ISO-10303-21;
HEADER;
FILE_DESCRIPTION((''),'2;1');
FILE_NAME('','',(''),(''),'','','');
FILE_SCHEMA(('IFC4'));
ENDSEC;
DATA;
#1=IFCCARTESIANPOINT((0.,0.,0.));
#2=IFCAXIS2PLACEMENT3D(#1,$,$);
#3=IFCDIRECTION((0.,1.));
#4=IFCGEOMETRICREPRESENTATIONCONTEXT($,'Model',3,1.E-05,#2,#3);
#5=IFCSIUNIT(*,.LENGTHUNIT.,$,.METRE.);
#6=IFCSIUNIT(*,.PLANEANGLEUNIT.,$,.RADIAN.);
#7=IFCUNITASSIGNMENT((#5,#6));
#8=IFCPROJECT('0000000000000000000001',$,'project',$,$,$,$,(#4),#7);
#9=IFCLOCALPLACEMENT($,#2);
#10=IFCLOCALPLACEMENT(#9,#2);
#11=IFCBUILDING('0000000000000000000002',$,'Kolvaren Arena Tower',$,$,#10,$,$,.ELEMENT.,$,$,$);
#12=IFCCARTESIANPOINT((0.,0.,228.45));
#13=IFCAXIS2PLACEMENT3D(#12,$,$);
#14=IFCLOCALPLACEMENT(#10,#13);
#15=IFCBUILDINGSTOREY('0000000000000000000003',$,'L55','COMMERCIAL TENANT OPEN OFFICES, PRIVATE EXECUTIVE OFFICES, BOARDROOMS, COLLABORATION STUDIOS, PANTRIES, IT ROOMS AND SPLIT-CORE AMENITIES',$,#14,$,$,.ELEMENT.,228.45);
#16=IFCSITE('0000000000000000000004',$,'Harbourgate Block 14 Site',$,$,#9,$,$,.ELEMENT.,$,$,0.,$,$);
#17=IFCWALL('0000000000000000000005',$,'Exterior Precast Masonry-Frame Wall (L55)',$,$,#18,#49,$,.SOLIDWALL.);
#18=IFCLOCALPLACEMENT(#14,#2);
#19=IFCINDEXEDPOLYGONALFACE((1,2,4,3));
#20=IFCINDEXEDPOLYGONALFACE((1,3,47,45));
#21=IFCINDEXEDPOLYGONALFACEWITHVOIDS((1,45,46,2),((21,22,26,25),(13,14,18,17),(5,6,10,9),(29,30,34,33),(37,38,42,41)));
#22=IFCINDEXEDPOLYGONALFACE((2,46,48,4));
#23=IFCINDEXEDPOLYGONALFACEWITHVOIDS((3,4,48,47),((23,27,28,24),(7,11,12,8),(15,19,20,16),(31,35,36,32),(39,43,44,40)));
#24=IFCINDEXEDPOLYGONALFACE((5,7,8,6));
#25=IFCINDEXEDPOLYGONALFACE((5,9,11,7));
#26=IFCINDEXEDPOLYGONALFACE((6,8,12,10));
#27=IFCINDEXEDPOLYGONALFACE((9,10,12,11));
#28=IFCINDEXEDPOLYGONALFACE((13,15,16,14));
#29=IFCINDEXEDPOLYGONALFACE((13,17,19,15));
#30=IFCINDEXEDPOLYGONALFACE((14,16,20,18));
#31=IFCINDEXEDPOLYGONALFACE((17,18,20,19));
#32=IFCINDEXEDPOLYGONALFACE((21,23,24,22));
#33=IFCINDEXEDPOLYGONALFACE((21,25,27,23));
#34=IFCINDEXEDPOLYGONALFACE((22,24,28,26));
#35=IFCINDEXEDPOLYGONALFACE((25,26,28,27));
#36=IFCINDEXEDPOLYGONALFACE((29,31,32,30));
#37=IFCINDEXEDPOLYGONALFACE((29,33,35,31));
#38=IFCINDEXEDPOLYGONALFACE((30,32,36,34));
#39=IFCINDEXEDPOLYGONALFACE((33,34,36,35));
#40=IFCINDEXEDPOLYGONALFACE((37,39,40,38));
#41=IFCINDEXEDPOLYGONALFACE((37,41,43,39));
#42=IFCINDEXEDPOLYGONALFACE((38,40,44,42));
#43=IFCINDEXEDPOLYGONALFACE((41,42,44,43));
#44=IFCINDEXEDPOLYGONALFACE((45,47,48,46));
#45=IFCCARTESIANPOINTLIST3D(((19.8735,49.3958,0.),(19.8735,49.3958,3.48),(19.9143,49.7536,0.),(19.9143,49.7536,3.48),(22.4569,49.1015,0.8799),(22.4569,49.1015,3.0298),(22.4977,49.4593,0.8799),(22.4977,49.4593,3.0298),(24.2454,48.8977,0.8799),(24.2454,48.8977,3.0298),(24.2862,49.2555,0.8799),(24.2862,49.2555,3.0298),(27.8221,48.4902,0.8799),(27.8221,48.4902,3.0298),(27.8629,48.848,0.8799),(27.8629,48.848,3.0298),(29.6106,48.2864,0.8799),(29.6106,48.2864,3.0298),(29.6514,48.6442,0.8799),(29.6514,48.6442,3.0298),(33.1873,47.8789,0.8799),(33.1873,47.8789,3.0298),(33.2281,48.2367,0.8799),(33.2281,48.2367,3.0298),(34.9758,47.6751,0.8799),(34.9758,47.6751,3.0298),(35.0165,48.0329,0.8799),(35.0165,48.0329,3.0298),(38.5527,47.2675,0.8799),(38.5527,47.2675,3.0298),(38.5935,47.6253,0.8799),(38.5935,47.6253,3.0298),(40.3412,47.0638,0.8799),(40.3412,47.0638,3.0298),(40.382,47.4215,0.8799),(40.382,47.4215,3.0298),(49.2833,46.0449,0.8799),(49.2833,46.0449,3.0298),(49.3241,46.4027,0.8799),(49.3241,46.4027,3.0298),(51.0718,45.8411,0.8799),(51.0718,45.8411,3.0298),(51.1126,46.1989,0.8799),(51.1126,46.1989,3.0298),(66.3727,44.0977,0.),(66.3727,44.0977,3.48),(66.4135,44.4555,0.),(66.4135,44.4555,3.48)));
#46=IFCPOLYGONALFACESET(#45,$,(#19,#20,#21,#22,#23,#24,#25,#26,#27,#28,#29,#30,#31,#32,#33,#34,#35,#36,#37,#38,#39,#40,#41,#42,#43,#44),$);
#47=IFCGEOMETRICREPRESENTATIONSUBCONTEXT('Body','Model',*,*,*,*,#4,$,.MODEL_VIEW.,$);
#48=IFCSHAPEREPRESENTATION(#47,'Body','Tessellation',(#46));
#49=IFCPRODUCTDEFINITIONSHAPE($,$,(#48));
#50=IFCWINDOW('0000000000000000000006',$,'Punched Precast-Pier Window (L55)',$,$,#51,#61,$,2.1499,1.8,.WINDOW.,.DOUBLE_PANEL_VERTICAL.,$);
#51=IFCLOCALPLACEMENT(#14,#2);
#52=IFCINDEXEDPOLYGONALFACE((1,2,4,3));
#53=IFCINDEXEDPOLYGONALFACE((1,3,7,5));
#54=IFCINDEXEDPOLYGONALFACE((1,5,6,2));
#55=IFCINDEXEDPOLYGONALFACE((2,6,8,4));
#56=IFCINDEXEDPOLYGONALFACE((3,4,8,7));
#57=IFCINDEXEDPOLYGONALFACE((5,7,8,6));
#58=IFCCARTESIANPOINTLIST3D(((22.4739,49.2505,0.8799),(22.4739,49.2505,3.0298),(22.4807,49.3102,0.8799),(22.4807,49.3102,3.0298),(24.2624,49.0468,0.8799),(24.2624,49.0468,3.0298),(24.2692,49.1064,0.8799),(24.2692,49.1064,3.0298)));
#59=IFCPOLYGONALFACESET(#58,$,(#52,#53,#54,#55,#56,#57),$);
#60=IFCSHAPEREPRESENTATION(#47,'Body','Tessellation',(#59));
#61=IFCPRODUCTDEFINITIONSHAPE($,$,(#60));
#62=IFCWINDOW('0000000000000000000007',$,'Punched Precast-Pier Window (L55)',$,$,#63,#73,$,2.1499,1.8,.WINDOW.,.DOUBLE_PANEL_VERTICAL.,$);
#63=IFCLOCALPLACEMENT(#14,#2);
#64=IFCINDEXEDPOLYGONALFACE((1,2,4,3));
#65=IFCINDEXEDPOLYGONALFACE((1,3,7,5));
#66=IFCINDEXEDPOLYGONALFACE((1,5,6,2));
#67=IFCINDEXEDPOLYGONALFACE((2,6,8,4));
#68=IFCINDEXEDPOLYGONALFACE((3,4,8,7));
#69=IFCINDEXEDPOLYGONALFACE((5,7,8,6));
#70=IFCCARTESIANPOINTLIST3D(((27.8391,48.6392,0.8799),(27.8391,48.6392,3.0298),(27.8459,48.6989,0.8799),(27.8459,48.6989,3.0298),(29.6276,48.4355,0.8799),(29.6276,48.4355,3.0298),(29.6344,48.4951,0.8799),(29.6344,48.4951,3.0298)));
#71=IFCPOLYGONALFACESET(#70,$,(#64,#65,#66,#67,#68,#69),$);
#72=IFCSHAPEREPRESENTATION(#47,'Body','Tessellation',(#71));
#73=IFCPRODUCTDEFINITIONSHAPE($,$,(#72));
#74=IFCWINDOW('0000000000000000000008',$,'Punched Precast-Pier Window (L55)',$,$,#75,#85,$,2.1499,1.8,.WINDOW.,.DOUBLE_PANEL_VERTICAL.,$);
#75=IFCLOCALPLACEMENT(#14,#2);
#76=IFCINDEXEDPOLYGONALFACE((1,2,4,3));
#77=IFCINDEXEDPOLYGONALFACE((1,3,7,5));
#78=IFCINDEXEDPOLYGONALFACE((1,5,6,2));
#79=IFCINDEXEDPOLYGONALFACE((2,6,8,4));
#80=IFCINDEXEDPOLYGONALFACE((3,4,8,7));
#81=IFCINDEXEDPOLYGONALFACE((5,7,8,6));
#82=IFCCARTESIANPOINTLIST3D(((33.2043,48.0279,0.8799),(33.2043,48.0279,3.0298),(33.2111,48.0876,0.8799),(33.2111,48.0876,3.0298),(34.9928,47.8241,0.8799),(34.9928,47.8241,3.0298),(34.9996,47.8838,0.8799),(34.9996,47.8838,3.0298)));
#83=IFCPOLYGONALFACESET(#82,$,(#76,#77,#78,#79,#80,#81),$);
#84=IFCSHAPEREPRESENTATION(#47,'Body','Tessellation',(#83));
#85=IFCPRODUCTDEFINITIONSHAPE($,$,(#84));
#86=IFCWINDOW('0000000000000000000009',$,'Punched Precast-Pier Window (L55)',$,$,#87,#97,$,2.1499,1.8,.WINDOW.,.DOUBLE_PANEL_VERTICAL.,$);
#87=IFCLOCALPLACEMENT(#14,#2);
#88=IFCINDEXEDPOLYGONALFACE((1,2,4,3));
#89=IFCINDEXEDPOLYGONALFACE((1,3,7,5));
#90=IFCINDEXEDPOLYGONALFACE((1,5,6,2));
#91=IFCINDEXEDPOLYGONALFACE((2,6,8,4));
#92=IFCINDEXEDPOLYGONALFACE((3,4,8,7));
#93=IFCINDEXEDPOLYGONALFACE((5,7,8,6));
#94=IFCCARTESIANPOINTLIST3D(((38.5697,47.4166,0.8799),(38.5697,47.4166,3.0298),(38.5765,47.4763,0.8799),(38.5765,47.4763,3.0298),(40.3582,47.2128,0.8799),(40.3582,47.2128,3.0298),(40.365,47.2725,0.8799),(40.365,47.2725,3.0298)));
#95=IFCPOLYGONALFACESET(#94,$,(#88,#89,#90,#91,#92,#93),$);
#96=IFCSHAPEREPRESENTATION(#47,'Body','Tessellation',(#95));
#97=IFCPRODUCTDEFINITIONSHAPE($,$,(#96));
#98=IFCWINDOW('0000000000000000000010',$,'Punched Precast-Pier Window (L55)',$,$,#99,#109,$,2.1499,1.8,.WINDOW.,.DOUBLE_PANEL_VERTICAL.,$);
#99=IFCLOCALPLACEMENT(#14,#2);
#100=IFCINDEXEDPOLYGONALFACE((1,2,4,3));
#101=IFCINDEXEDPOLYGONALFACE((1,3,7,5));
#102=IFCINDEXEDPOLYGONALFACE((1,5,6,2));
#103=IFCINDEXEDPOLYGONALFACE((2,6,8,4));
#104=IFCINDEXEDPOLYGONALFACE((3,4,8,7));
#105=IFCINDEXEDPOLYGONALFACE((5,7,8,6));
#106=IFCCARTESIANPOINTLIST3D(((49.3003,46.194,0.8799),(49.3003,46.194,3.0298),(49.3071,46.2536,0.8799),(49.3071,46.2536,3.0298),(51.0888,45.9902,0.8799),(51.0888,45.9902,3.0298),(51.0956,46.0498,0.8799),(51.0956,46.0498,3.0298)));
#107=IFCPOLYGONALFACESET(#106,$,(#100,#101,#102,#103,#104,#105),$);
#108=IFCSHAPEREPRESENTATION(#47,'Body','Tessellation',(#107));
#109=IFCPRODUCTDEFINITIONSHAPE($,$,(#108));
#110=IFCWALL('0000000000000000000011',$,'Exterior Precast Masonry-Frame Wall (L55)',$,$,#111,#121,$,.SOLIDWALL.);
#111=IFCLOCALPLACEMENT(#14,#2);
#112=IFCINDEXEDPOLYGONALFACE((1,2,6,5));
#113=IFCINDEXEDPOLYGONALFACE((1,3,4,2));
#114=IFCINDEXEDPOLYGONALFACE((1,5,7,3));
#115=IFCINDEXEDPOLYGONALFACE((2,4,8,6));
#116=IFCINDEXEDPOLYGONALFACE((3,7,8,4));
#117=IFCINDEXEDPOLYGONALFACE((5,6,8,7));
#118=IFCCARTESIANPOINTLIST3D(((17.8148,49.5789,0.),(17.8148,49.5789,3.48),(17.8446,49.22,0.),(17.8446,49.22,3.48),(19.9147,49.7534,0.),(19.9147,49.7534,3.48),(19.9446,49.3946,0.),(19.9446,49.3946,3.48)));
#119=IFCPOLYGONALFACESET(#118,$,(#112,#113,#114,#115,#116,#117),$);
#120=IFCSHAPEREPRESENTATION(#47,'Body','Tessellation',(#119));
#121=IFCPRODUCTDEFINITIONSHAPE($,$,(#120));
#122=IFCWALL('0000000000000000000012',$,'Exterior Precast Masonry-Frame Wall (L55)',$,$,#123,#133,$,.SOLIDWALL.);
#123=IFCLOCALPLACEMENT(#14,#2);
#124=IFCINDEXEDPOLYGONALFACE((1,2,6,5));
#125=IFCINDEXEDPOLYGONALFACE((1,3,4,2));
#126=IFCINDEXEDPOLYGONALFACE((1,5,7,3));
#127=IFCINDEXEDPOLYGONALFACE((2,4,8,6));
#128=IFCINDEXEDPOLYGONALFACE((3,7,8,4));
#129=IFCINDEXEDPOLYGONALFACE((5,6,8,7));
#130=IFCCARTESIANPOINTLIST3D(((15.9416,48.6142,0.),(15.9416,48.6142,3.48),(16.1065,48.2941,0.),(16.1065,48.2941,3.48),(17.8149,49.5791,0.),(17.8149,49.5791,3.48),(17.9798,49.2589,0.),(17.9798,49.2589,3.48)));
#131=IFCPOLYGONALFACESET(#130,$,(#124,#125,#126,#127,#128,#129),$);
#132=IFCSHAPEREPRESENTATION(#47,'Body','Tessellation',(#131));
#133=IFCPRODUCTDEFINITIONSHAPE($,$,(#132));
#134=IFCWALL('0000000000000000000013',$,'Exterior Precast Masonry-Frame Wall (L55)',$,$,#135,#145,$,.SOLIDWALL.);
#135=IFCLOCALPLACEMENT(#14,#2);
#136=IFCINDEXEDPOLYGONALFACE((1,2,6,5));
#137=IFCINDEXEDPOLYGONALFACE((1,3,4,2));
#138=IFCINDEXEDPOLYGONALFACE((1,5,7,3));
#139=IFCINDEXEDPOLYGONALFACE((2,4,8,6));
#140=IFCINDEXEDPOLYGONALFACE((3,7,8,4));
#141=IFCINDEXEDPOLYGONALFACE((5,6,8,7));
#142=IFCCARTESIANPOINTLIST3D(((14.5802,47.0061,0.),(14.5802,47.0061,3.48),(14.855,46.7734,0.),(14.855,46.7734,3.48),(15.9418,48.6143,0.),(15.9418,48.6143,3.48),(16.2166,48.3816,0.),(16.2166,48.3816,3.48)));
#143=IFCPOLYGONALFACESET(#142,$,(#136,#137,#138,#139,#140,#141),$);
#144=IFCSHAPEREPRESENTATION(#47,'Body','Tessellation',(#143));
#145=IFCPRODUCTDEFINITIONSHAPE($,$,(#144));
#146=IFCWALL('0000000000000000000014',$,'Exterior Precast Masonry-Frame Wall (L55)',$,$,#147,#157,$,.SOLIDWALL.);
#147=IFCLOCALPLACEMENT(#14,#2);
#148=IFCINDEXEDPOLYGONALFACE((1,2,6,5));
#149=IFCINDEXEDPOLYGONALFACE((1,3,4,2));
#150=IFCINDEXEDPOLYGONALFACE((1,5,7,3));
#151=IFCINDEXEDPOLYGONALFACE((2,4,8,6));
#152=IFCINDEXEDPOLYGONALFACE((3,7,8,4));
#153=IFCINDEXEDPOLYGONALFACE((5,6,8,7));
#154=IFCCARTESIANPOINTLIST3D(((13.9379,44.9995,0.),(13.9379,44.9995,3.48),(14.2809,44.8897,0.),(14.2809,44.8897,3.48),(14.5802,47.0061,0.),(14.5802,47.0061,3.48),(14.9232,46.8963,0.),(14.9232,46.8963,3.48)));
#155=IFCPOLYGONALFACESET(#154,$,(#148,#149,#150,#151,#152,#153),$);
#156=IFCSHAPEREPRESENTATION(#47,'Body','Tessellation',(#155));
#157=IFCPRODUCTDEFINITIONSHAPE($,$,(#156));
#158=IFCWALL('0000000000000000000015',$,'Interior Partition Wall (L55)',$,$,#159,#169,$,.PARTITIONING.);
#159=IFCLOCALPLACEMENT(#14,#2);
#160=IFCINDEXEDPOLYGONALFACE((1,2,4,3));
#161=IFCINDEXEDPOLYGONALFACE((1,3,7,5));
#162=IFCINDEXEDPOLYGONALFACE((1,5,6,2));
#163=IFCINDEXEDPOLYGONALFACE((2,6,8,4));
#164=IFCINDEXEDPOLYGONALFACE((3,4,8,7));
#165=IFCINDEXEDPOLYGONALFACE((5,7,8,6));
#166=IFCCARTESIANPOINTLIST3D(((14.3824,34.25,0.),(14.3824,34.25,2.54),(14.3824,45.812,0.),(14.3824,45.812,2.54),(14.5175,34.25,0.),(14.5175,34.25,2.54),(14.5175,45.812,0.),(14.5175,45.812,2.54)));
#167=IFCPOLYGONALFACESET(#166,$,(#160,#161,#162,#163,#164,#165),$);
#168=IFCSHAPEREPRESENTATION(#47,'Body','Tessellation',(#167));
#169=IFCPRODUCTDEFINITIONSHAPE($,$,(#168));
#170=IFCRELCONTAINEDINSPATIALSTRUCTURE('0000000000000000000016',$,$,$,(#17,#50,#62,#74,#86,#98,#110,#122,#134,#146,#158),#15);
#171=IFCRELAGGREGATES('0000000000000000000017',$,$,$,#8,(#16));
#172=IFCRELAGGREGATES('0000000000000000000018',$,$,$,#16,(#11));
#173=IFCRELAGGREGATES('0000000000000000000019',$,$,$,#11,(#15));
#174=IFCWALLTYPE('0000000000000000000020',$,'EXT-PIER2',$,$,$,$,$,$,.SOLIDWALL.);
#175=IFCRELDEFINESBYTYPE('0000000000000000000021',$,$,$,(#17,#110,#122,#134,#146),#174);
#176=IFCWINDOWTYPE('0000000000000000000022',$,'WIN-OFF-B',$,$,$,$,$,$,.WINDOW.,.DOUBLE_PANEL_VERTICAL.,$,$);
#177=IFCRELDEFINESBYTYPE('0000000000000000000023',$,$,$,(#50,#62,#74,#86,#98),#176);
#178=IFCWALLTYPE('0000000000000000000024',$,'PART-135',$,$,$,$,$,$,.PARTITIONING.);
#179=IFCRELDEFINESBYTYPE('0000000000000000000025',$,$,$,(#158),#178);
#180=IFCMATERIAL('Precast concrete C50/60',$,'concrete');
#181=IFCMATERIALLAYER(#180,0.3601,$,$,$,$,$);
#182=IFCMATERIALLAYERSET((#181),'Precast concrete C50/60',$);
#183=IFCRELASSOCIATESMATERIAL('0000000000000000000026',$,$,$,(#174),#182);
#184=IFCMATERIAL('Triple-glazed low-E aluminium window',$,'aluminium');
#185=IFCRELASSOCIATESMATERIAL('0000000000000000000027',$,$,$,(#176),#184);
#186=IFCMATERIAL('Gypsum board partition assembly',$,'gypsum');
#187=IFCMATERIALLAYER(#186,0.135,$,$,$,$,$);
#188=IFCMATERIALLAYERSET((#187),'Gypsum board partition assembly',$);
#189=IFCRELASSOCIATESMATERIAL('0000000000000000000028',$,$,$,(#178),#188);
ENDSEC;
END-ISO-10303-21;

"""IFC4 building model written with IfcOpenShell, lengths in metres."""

from ifc_helpers import new_model, si_unit, direction, frame, frame_2d, origin, place, context, subcontext, project, spatial, rectangle, extrude, material, layer, layer_set, type_object, element, fill, save


model = new_model("IFC4")

# Units and contexts
model_context = context("Model", 3, precision=1e-05, world=origin(), true_north=direction((0.0, 1.0)))
body_context = subcontext(model_context, "Body", "Model", "MODEL_VIEW")
ifc_project = project(units=[si_unit("LENGTHUNIT", "METRE"), si_unit("PLANEANGLEUNIT", "RADIAN")], contexts=[model_context])

# Site, building, storey
site_placement = place(None, origin())
site = spatial("IfcSite", under=ifc_project, at=site_placement, Name="Harbourgate Block 14 Site", CompositionType="ELEMENT", RefElevation=0.0)
building_placement = place(site_placement, origin())
building = spatial("IfcBuilding", under=site, at=building_placement, Name="Kolvaren Arena Tower", CompositionType="ELEMENT")
storey_placement = place(building_placement, frame((0.0, 0.0, 228.45)))
storey = spatial("IfcBuildingStorey", under=building, at=storey_placement, Name="L55", Description="COMMERCIAL TENANT OPEN OFFICES, PRIVATE EXECUTIVE OFFICES, BOARDROOMS, COLLABORATION STUDIOS, PANTRIES, IT ROOMS AND SPLIT-CORE AMENITIES", CompositionType="ELEMENT", Elevation=228.45)

# Wall, openings, windows
ifc_material_1 = material(Name="Precast concrete C50/60", Category="concrete")
ifc_layer_1 = layer(ifc_material_1, 0.3601)
ifc_layer_set_1 = layer_set([ifc_layer_1], Name="Precast concrete C50/60")
wall_type_1 = type_object("IfcWallType", Name="EXT-PIER2", PredefinedType="SOLIDWALL", material=ifc_layer_set_1)
wall_1_placement = place(storey_placement, frame((19.894, 49.5747, 0.0), z_axis=(0.0, 0.0, 1.0), x_axis=(0.993571, -0.113207, 0.0)))
wall_1 = element("IfcWall", 1, at=wall_1_placement, inside=storey, type_object=wall_type_1, Name="Exterior Precast Masonry-Frame Wall (L55)", PredefinedType="SOLIDWALL", context=body_context, shape_type="SweptSolid", body=[
    extrude(rectangle(XDim=46.8, YDim=0.3601, at=frame_2d((23.3999, 0.0))), origin(), (0.0, 0.0, 1.0), 3.48),
])
opening_1_placement = place(wall_1_placement, frame((2.6001, 0.0, 0.8799)))
opening_1 = element("IfcOpeningElement", 2, at=opening_1_placement, cuts=wall_1, PredefinedType="OPENING", context=body_context, shape_type="SweptSolid", body=[
    extrude(rectangle(XDim=1.8, YDim=2.1499, at=frame_2d((0.8999, 1.075))), frame((0.0, 0.1899, 0.0), z_axis=(0.0, -1.0, 0.0), x_axis=(1.0, 0.0, 0.0)), (0.0, 0.0, 1.0), 0.3801),
])
opening_2_placement = place(wall_1_placement, frame((8.0, 0.0, 0.8799)))
opening_2 = element("IfcOpeningElement", 3, at=opening_2_placement, cuts=wall_1, PredefinedType="OPENING", context=body_context, shape_type="SweptSolid", body=[
    extrude(rectangle(XDim=1.8, YDim=2.1499, at=frame_2d((0.8999, 1.075))), frame((0.0, 0.1899, 0.0), z_axis=(0.0, -1.0, 0.0), x_axis=(1.0, 0.0, 0.0)), (0.0, 0.0, 1.0), 0.3801),
])
opening_3_placement = place(wall_1_placement, frame((13.3999, 0.0, 0.8799)))
opening_3 = element("IfcOpeningElement", 4, at=opening_3_placement, cuts=wall_1, PredefinedType="OPENING", context=body_context, shape_type="SweptSolid", body=[
    extrude(rectangle(XDim=1.8, YDim=2.1499, at=frame_2d((0.8999, 1.075))), frame((0.0, 0.1899, 0.0), z_axis=(0.0, -1.0, 0.0), x_axis=(1.0, 0.0, 0.0)), (0.0, 0.0, 1.0), 0.3801),
])
opening_4_placement = place(wall_1_placement, frame((18.8, 0.0, 0.8799)))
opening_4 = element("IfcOpeningElement", 5, at=opening_4_placement, cuts=wall_1, PredefinedType="OPENING", context=body_context, shape_type="SweptSolid", body=[
    extrude(rectangle(XDim=1.8, YDim=2.1499, at=frame_2d((0.8999, 1.075))), frame((0.0, 0.1899, 0.0), z_axis=(0.0, -1.0, 0.0), x_axis=(1.0, 0.0, 0.0)), (0.0, 0.0, 1.0), 0.3801),
])
opening_5_placement = place(wall_1_placement, frame((29.6001, 0.0, 0.8799)))
opening_5 = element("IfcOpeningElement", 6, at=opening_5_placement, cuts=wall_1, PredefinedType="OPENING", context=body_context, shape_type="SweptSolid", body=[
    extrude(rectangle(XDim=1.8, YDim=2.1499, at=frame_2d((0.8999, 1.075))), frame((0.0, 0.1899, 0.0), z_axis=(0.0, -1.0, 0.0), x_axis=(1.0, 0.0, 0.0)), (0.0, 0.0, 1.0), 0.3801),
])
ifc_material_2 = material(Name="Triple-glazed low-E aluminium window", Category="aluminium")
window_type = type_object("IfcWindowType", Name="WIN-OFF-B", PartitioningType="DOUBLE_PANEL_VERTICAL", PredefinedType="WINDOW", material=ifc_material_2)
window_1_placement = place(opening_1_placement, origin())
window_1 = element("IfcWindow", 7, at=window_1_placement, inside=storey, type_object=window_type, Name="Punched Precast-Pier Window (L55)", OverallHeight=2.1499, OverallWidth=1.8, PartitioningType="DOUBLE_PANEL_VERTICAL", PredefinedType="WINDOW", context=body_context, shape_type="SweptSolid", body=[
    extrude(rectangle(XDim=1.8, YDim=2.1499, at=frame_2d((0.8999, 1.075))), frame((0.0, 0.03, 0.0), z_axis=(0.0, -1.0, 0.0), x_axis=(1.0, 0.0, 0.0)), (0.0, 0.0, 1.0), 0.0601),
])
fill(opening_1, window_1)
window_2_placement = place(opening_2_placement, origin())
window_2 = element("IfcWindow", 8, at=window_2_placement, inside=storey, type_object=window_type, Name="Punched Precast-Pier Window (L55)", OverallHeight=2.1499, OverallWidth=1.8, PartitioningType="DOUBLE_PANEL_VERTICAL", PredefinedType="WINDOW", context=body_context, shape_type="SweptSolid", body=[
    extrude(rectangle(XDim=1.8, YDim=2.1499, at=frame_2d((0.8999, 1.075))), frame((0.0, 0.03, 0.0), z_axis=(0.0, -1.0, 0.0), x_axis=(1.0, 0.0, 0.0)), (0.0, 0.0, 1.0), 0.0601),
])
fill(opening_2, window_2)
window_3_placement = place(opening_3_placement, origin())
window_3 = element("IfcWindow", 9, at=window_3_placement, inside=storey, type_object=window_type, Name="Punched Precast-Pier Window (L55)", OverallHeight=2.1499, OverallWidth=1.8, PartitioningType="DOUBLE_PANEL_VERTICAL", PredefinedType="WINDOW", context=body_context, shape_type="SweptSolid", body=[
    extrude(rectangle(XDim=1.8, YDim=2.1499, at=frame_2d((0.8999, 1.075))), frame((0.0, 0.03, 0.0), z_axis=(0.0, -1.0, 0.0), x_axis=(1.0, 0.0, 0.0)), (0.0, 0.0, 1.0), 0.0601),
])
fill(opening_3, window_3)
window_4_placement = place(opening_4_placement, origin())
window_4 = element("IfcWindow", 10, at=window_4_placement, inside=storey, type_object=window_type, Name="Punched Precast-Pier Window (L55)", OverallHeight=2.1499, OverallWidth=1.8, PartitioningType="DOUBLE_PANEL_VERTICAL", PredefinedType="WINDOW", context=body_context, shape_type="SweptSolid", body=[
    extrude(rectangle(XDim=1.8, YDim=2.1499, at=frame_2d((0.8999, 1.075))), frame((0.0, 0.03, 0.0), z_axis=(0.0, -1.0, 0.0), x_axis=(1.0, 0.0, 0.0)), (0.0, 0.0, 1.0), 0.0601),
])
fill(opening_4, window_4)
window_5_placement = place(opening_5_placement, origin())
window_5 = element("IfcWindow", 11, at=window_5_placement, inside=storey, type_object=window_type, Name="Punched Precast-Pier Window (L55)", OverallHeight=2.1499, OverallWidth=1.8, PartitioningType="DOUBLE_PANEL_VERTICAL", PredefinedType="WINDOW", context=body_context, shape_type="SweptSolid", body=[
    extrude(rectangle(XDim=1.8, YDim=2.1499, at=frame_2d((0.8999, 1.075))), frame((0.0, 0.03, 0.0), z_axis=(0.0, -1.0, 0.0), x_axis=(1.0, 0.0, 0.0)), (0.0, 0.0, 1.0), 0.0601),
])
fill(opening_5, window_5)

# Walls
for number, where, z_axis, x_axis, name in (
    (12, (17.8296, 49.3994, 0.0), (0.0, 0.0, 1.0), (0.996563, 0.082844, 0.0), "Exterior Precast Masonry-Frame Wall (L55)"),
    (13, (16.0239, 48.4541, 0.0), (0.0, 0.0, 1.0), (0.88901, 0.457887, 0.0), "Exterior Precast Masonry-Frame Wall (L55)"),
    (14, (14.7175, 46.8896, 0.0), (0.0, 0.0, 1.0), (0.646171, 0.763193, 0.0), "Exterior Precast Masonry-Frame Wall (L55)"),
):
    element("IfcWall", number, at=place(storey_placement, frame(where, z_axis=z_axis, x_axis=x_axis)), inside=storey, type_object=wall_type_1, Name=name, PredefinedType="SOLIDWALL", context=body_context, shape_type="SweptSolid", body=[
        extrude(rectangle(XDim=2.1072, YDim=0.3601, at=frame_2d((1.0537, 0.0))), origin(), (0.0, 0.0, 1.0), 3.48),
    ])
wall_2_placement = place(storey_placement, frame((14.1094, 44.9446, 0.0), z_axis=(0.0, 0.0, 1.0), x_axis=(0.304872, 0.952393, 0.0)))
element("IfcWall", 15, at=wall_2_placement, inside=storey, type_object=wall_type_1, Name="Exterior Precast Masonry-Frame Wall (L55)", PredefinedType="SOLIDWALL", context=body_context, shape_type="SweptSolid", body=[
    extrude(rectangle(XDim=2.1069, YDim=0.3601, at=frame_2d((1.0535, 0.0))), origin(), (0.0, 0.0, 1.0), 3.48),
])
ifc_material_3 = material(Name="Gypsum board partition assembly", Category="gypsum")
ifc_layer_2 = layer(ifc_material_3, 0.135)
ifc_layer_set_2 = layer_set([ifc_layer_2], Name="Gypsum board partition assembly")
wall_type_2 = type_object("IfcWallType", Name="PART-135", PredefinedType="PARTITIONING", material=ifc_layer_set_2)
wall_3_placement = place(storey_placement, frame((14.45, 34.25, 0.0), z_axis=(0.0, 0.0, 1.0), x_axis=(0.0, 1.0, 0.0)))
element("IfcWall", 16, at=wall_3_placement, inside=storey, type_object=wall_type_2, Name="Interior Partition Wall (L55)", PredefinedType="PARTITIONING", context=body_context, shape_type="SweptSolid", body=[
    extrude(rectangle(XDim=11.562, YDim=0.135, at=frame_2d((5.781, 0.0))), origin(), (0.0, 0.0, 1.0), 2.54),
])

save(model, "model.ifc")
